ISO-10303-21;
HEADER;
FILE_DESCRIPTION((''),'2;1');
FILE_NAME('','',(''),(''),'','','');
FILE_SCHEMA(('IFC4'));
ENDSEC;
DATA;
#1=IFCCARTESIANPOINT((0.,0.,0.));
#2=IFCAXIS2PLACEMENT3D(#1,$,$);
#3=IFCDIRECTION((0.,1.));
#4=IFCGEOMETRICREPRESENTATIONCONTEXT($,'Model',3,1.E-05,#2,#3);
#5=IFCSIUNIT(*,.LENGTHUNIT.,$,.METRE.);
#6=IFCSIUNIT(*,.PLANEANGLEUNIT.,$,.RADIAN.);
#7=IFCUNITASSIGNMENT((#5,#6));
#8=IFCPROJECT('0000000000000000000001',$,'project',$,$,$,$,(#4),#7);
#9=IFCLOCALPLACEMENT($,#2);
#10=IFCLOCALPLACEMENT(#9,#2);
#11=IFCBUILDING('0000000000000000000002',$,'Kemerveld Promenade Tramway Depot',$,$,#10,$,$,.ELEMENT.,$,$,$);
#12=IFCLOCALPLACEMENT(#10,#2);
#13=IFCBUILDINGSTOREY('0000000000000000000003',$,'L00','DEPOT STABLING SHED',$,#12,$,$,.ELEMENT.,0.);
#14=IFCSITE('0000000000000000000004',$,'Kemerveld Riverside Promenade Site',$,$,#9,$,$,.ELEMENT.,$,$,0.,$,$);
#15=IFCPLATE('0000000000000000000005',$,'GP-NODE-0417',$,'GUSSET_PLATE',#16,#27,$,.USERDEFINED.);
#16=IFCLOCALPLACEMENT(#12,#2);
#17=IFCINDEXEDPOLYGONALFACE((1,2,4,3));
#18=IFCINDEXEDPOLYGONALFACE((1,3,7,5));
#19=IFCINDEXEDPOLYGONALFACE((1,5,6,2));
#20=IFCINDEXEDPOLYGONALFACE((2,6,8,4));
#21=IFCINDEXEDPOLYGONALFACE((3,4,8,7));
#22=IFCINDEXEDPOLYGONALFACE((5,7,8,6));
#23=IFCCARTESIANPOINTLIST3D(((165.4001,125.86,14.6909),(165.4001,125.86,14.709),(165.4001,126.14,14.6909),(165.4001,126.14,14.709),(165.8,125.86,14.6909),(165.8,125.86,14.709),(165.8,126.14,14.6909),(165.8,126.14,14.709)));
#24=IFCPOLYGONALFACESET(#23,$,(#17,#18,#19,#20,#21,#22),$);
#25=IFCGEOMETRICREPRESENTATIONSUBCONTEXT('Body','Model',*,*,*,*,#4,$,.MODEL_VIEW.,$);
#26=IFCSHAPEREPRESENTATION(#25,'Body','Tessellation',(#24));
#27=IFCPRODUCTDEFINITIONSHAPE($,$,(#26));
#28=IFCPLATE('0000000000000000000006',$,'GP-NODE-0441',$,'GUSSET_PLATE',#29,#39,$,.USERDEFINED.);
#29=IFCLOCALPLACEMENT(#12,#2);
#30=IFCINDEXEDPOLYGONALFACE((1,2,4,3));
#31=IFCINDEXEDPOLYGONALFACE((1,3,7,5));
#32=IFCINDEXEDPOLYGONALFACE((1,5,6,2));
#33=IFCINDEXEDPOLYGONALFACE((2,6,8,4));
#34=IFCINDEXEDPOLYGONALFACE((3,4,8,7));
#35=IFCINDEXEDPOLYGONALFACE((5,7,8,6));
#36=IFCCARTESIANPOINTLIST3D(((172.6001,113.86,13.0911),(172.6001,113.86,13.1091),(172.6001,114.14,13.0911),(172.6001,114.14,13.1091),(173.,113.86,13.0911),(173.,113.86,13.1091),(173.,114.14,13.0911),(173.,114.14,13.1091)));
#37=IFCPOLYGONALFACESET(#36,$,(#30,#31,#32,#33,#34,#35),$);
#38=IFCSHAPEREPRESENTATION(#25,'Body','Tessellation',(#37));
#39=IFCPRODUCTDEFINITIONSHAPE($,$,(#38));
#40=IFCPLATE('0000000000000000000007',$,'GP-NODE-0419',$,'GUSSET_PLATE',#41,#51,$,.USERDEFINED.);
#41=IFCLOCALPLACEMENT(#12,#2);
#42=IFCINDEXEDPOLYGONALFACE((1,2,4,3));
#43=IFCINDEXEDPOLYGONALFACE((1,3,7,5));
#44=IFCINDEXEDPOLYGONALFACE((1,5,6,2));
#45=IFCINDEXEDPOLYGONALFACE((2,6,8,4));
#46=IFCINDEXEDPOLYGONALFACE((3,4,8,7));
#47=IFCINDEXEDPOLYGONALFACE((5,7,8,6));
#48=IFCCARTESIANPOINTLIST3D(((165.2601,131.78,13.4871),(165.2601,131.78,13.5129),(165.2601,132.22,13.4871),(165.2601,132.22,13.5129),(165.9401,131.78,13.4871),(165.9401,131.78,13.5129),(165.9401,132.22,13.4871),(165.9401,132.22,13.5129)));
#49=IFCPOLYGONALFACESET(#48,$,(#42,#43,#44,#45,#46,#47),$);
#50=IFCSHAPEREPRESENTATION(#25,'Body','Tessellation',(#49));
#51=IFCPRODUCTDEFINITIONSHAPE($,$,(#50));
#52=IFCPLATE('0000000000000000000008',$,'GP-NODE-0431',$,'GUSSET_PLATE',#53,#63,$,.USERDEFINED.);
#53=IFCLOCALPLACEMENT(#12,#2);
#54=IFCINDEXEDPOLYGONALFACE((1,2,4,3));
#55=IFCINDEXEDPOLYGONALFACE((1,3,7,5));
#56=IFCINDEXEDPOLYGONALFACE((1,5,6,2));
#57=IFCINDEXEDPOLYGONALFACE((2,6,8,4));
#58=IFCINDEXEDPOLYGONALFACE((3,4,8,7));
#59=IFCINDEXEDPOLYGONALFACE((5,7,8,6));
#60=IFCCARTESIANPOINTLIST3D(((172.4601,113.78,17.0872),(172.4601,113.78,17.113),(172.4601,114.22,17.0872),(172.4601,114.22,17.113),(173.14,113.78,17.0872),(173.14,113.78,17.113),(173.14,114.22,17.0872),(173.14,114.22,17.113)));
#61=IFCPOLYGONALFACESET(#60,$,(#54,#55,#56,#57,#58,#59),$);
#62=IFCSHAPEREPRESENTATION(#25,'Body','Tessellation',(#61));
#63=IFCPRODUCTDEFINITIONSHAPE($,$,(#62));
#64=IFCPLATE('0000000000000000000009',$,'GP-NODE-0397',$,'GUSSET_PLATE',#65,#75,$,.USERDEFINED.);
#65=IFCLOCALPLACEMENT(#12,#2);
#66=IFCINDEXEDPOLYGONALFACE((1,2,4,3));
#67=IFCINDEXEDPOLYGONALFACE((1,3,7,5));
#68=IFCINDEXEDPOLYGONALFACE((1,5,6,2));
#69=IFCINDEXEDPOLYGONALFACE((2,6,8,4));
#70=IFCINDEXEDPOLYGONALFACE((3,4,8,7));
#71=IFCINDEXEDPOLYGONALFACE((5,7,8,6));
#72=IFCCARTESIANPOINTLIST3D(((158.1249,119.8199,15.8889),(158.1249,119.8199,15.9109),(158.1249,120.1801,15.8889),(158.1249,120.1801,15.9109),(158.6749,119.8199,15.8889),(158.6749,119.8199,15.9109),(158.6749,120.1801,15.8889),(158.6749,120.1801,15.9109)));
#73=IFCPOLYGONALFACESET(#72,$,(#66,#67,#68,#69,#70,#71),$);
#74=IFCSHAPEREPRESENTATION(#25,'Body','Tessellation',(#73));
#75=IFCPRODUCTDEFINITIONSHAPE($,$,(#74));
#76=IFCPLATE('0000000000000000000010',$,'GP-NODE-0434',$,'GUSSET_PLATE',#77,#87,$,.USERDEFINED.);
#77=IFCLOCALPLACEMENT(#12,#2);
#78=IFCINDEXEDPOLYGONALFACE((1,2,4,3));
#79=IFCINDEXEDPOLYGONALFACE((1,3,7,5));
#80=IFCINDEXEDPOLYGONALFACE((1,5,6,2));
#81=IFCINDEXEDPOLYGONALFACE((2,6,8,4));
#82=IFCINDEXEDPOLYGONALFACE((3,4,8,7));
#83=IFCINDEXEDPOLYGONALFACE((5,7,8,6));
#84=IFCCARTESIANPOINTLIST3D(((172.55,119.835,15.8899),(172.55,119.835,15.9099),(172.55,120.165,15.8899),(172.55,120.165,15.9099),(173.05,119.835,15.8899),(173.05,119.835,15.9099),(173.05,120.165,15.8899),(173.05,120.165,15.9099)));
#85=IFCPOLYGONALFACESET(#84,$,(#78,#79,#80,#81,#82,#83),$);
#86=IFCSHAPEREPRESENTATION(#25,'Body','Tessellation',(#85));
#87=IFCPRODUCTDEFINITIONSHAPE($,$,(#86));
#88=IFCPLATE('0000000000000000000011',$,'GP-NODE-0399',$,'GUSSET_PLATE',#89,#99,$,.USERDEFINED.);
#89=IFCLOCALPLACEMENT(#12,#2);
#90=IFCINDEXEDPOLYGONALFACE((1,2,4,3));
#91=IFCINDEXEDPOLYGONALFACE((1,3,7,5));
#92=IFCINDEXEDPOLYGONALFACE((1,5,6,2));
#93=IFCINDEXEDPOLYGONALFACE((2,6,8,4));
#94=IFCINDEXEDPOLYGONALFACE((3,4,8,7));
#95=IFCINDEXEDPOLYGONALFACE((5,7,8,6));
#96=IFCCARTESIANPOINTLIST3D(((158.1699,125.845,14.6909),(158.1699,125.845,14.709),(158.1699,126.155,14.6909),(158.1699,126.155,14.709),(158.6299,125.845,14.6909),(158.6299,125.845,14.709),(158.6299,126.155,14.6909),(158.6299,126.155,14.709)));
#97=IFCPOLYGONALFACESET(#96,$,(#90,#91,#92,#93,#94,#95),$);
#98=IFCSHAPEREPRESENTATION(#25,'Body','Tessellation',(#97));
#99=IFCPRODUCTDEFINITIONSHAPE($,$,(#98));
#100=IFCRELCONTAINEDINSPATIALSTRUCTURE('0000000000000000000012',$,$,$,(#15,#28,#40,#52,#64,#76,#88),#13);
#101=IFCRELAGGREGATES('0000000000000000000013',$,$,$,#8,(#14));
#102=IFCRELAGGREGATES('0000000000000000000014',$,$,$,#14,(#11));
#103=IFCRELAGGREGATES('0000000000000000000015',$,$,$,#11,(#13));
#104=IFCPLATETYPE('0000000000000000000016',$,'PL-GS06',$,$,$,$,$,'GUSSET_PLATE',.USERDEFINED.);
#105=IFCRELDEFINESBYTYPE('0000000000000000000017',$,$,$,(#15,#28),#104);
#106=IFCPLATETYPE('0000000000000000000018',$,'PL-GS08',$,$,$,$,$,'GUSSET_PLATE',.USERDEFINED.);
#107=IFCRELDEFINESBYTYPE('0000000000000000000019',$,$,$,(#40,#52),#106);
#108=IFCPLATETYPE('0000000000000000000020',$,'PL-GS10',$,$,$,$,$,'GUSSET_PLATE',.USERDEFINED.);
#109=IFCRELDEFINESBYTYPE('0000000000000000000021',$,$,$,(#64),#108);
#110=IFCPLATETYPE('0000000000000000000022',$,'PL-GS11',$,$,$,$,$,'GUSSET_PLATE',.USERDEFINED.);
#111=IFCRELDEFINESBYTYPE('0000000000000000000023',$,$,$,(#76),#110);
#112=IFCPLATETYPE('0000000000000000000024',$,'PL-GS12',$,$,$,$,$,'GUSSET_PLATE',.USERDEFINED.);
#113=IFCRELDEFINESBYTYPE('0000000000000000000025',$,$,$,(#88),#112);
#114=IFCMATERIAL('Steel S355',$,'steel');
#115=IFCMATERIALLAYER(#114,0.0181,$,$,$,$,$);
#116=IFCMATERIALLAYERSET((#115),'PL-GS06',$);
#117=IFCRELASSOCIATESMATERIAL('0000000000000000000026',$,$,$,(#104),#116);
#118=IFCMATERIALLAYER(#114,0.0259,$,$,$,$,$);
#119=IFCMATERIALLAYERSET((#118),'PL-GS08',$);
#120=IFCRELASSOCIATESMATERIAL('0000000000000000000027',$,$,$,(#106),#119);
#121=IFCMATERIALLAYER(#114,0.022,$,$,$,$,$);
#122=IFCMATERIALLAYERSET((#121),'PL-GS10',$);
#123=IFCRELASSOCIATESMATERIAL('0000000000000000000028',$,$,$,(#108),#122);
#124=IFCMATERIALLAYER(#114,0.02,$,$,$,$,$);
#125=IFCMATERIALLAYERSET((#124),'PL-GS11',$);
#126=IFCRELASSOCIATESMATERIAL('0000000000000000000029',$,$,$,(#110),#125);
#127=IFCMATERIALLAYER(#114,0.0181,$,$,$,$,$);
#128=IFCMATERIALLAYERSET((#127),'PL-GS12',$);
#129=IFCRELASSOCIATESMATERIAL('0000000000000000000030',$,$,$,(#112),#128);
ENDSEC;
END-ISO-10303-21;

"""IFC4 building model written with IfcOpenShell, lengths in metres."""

from ifc_helpers import new_model, si_unit, direction, frame, origin, origin_2d, place, context, subcontext, project, spatial, rectangle, extrude, material, layer, layer_set, type_object, element, save


model = new_model("IFC4")

# Units and contexts
model_context = context("Model", 3, precision=1e-05, world=origin(), true_north=direction((0.0, 1.0)))
body_context = subcontext(model_context, "Body", "Model", "MODEL_VIEW")
ifc_project = project(units=[si_unit("LENGTHUNIT", "METRE"), si_unit("PLANEANGLEUNIT", "RADIAN")], contexts=[model_context])

# Site, building, storey
site_placement = place(None, origin())
site = spatial("IfcSite", under=ifc_project, at=site_placement, Name="Kemerveld Riverside Promenade Site", CompositionType="ELEMENT", RefElevation=0.0)
building_placement = place(site_placement, origin())
building = spatial("IfcBuilding", under=site, at=building_placement, Name="Kemerveld Promenade Tramway Depot", CompositionType="ELEMENT")
storey_placement = place(building_placement, origin())
storey = spatial("IfcBuildingStorey", under=building, at=storey_placement, Name="L00", Description="DEPOT STABLING SHED", CompositionType="ELEMENT", Elevation=0.0)

# Shared definitions
ifc_material = material(Name="Steel S355", Category="steel")

# Plates
ifc_layer_1 = layer(ifc_material, 0.0181)
ifc_layer_set_1 = layer_set([ifc_layer_1], Name="PL-GS06")
plate_type_1 = type_object("IfcPlateType", Name="PL-GS06", ElementType="GUSSET_PLATE", PredefinedType="USERDEFINED", material=ifc_layer_set_1)
for number, where, z_axis, x_axis, name in (
    (1, (165.6001, 126.0, 14.6909), (0.0, 0.0, 1.0), (1.0, 0.0, 0.0), "GP-NODE-0417"),
    (2, (172.8, 114.0, 13.0911), (0.0, 0.0, 1.0), (1.0, 0.0, 0.0), "GP-NODE-0441"),
):
    element("IfcPlate", number, at=place(storey_placement, frame(where, z_axis=z_axis, x_axis=x_axis)), inside=storey, type_object=plate_type_1, Name=name, ObjectType="GUSSET_PLATE", PredefinedType="USERDEFINED", context=body_context, shape_type="SweptSolid", body=[
        extrude(rectangle(XDim=0.3999, YDim=0.28, at=origin_2d()), origin(), (0.0, 0.0, 1.0), 0.0181),
    ])
ifc_layer_2 = layer(ifc_material, 0.0259)
ifc_layer_set_2 = layer_set([ifc_layer_2], Name="PL-GS08")
plate_type_2 = type_object("IfcPlateType", Name="PL-GS08", ElementType="GUSSET_PLATE", PredefinedType="USERDEFINED", material=ifc_layer_set_2)
for number, where, z_axis, x_axis, name in (
    (3, (165.6001, 132.0, 13.4871), (0.0, 0.0, 1.0), (1.0, 0.0, 0.0), "GP-NODE-0419"),
    (4, (172.8, 114.0, 17.0872), (0.0, 0.0, 1.0), (1.0, 0.0, 0.0), "GP-NODE-0431"),
):
    element("IfcPlate", number, at=place(storey_placement, frame(where, z_axis=z_axis, x_axis=x_axis)), inside=storey, type_object=plate_type_2, Name=name, ObjectType="GUSSET_PLATE", PredefinedType="USERDEFINED", context=body_context, shape_type="SweptSolid", body=[
        extrude(rectangle(XDim=0.6799, YDim=0.4399, at=origin_2d()), origin(), (0.0, 0.0, 1.0), 0.0259),
    ])
ifc_layer_3 = layer(ifc_material, 0.022)
ifc_layer_set_3 = layer_set([ifc_layer_3], Name="PL-GS10")
plate_type_3 = type_object("IfcPlateType", Name="PL-GS10", ElementType="GUSSET_PLATE", PredefinedType="USERDEFINED", material=ifc_layer_set_3)
plate_1_placement = place(storey_placement, frame((158.3999, 120.0, 15.8889), z_axis=(0.0, 0.0, 1.0), x_axis=(1.0, 0.0, 0.0)))
element("IfcPlate", 5, at=plate_1_placement, inside=storey, type_object=plate_type_3, Name="GP-NODE-0397", ObjectType="GUSSET_PLATE", PredefinedType="USERDEFINED", context=body_context, shape_type="SweptSolid", body=[
    extrude(rectangle(XDim=0.55, YDim=0.3601, at=origin_2d()), origin(), (0.0, 0.0, 1.0), 0.022),
])
ifc_layer_4 = layer(ifc_material, 0.02)
ifc_layer_set_4 = layer_set([ifc_layer_4], Name="PL-GS11")
plate_type_4 = type_object("IfcPlateType", Name="PL-GS11", ElementType="GUSSET_PLATE", PredefinedType="USERDEFINED", material=ifc_layer_set_4)
plate_2_placement = place(storey_placement, frame((172.8, 120.0, 15.8899), z_axis=(0.0, 0.0, 1.0), x_axis=(1.0, 0.0, 0.0)))
element("IfcPlate", 6, at=plate_2_placement, inside=storey, type_object=plate_type_4, Name="GP-NODE-0434", ObjectType="GUSSET_PLATE", PredefinedType="USERDEFINED", context=body_context, shape_type="SweptSolid", body=[
    extrude(rectangle(XDim=0.5, YDim=0.3301, at=origin_2d()), origin(), (0.0, 0.0, 1.0), 0.02),
])
ifc_layer_5 = layer(ifc_material, 0.0181)
ifc_layer_set_5 = layer_set([ifc_layer_5], Name="PL-GS12")
plate_type_5 = type_object("IfcPlateType", Name="PL-GS12", ElementType="GUSSET_PLATE", PredefinedType="USERDEFINED", material=ifc_layer_set_5)
plate_3_placement = place(storey_placement, frame((158.3999, 126.0, 14.6909), z_axis=(0.0, 0.0, 1.0), x_axis=(1.0, 0.0, 0.0)))
element("IfcPlate", 7, at=plate_3_placement, inside=storey, type_object=plate_type_5, Name="GP-NODE-0399", ObjectType="GUSSET_PLATE", PredefinedType="USERDEFINED", context=body_context, shape_type="SweptSolid", body=[
    extrude(rectangle(XDim=0.46, YDim=0.3101, at=origin_2d()), origin(), (0.0, 0.0, 1.0), 0.0181),
])

save(model, "model.ifc")
